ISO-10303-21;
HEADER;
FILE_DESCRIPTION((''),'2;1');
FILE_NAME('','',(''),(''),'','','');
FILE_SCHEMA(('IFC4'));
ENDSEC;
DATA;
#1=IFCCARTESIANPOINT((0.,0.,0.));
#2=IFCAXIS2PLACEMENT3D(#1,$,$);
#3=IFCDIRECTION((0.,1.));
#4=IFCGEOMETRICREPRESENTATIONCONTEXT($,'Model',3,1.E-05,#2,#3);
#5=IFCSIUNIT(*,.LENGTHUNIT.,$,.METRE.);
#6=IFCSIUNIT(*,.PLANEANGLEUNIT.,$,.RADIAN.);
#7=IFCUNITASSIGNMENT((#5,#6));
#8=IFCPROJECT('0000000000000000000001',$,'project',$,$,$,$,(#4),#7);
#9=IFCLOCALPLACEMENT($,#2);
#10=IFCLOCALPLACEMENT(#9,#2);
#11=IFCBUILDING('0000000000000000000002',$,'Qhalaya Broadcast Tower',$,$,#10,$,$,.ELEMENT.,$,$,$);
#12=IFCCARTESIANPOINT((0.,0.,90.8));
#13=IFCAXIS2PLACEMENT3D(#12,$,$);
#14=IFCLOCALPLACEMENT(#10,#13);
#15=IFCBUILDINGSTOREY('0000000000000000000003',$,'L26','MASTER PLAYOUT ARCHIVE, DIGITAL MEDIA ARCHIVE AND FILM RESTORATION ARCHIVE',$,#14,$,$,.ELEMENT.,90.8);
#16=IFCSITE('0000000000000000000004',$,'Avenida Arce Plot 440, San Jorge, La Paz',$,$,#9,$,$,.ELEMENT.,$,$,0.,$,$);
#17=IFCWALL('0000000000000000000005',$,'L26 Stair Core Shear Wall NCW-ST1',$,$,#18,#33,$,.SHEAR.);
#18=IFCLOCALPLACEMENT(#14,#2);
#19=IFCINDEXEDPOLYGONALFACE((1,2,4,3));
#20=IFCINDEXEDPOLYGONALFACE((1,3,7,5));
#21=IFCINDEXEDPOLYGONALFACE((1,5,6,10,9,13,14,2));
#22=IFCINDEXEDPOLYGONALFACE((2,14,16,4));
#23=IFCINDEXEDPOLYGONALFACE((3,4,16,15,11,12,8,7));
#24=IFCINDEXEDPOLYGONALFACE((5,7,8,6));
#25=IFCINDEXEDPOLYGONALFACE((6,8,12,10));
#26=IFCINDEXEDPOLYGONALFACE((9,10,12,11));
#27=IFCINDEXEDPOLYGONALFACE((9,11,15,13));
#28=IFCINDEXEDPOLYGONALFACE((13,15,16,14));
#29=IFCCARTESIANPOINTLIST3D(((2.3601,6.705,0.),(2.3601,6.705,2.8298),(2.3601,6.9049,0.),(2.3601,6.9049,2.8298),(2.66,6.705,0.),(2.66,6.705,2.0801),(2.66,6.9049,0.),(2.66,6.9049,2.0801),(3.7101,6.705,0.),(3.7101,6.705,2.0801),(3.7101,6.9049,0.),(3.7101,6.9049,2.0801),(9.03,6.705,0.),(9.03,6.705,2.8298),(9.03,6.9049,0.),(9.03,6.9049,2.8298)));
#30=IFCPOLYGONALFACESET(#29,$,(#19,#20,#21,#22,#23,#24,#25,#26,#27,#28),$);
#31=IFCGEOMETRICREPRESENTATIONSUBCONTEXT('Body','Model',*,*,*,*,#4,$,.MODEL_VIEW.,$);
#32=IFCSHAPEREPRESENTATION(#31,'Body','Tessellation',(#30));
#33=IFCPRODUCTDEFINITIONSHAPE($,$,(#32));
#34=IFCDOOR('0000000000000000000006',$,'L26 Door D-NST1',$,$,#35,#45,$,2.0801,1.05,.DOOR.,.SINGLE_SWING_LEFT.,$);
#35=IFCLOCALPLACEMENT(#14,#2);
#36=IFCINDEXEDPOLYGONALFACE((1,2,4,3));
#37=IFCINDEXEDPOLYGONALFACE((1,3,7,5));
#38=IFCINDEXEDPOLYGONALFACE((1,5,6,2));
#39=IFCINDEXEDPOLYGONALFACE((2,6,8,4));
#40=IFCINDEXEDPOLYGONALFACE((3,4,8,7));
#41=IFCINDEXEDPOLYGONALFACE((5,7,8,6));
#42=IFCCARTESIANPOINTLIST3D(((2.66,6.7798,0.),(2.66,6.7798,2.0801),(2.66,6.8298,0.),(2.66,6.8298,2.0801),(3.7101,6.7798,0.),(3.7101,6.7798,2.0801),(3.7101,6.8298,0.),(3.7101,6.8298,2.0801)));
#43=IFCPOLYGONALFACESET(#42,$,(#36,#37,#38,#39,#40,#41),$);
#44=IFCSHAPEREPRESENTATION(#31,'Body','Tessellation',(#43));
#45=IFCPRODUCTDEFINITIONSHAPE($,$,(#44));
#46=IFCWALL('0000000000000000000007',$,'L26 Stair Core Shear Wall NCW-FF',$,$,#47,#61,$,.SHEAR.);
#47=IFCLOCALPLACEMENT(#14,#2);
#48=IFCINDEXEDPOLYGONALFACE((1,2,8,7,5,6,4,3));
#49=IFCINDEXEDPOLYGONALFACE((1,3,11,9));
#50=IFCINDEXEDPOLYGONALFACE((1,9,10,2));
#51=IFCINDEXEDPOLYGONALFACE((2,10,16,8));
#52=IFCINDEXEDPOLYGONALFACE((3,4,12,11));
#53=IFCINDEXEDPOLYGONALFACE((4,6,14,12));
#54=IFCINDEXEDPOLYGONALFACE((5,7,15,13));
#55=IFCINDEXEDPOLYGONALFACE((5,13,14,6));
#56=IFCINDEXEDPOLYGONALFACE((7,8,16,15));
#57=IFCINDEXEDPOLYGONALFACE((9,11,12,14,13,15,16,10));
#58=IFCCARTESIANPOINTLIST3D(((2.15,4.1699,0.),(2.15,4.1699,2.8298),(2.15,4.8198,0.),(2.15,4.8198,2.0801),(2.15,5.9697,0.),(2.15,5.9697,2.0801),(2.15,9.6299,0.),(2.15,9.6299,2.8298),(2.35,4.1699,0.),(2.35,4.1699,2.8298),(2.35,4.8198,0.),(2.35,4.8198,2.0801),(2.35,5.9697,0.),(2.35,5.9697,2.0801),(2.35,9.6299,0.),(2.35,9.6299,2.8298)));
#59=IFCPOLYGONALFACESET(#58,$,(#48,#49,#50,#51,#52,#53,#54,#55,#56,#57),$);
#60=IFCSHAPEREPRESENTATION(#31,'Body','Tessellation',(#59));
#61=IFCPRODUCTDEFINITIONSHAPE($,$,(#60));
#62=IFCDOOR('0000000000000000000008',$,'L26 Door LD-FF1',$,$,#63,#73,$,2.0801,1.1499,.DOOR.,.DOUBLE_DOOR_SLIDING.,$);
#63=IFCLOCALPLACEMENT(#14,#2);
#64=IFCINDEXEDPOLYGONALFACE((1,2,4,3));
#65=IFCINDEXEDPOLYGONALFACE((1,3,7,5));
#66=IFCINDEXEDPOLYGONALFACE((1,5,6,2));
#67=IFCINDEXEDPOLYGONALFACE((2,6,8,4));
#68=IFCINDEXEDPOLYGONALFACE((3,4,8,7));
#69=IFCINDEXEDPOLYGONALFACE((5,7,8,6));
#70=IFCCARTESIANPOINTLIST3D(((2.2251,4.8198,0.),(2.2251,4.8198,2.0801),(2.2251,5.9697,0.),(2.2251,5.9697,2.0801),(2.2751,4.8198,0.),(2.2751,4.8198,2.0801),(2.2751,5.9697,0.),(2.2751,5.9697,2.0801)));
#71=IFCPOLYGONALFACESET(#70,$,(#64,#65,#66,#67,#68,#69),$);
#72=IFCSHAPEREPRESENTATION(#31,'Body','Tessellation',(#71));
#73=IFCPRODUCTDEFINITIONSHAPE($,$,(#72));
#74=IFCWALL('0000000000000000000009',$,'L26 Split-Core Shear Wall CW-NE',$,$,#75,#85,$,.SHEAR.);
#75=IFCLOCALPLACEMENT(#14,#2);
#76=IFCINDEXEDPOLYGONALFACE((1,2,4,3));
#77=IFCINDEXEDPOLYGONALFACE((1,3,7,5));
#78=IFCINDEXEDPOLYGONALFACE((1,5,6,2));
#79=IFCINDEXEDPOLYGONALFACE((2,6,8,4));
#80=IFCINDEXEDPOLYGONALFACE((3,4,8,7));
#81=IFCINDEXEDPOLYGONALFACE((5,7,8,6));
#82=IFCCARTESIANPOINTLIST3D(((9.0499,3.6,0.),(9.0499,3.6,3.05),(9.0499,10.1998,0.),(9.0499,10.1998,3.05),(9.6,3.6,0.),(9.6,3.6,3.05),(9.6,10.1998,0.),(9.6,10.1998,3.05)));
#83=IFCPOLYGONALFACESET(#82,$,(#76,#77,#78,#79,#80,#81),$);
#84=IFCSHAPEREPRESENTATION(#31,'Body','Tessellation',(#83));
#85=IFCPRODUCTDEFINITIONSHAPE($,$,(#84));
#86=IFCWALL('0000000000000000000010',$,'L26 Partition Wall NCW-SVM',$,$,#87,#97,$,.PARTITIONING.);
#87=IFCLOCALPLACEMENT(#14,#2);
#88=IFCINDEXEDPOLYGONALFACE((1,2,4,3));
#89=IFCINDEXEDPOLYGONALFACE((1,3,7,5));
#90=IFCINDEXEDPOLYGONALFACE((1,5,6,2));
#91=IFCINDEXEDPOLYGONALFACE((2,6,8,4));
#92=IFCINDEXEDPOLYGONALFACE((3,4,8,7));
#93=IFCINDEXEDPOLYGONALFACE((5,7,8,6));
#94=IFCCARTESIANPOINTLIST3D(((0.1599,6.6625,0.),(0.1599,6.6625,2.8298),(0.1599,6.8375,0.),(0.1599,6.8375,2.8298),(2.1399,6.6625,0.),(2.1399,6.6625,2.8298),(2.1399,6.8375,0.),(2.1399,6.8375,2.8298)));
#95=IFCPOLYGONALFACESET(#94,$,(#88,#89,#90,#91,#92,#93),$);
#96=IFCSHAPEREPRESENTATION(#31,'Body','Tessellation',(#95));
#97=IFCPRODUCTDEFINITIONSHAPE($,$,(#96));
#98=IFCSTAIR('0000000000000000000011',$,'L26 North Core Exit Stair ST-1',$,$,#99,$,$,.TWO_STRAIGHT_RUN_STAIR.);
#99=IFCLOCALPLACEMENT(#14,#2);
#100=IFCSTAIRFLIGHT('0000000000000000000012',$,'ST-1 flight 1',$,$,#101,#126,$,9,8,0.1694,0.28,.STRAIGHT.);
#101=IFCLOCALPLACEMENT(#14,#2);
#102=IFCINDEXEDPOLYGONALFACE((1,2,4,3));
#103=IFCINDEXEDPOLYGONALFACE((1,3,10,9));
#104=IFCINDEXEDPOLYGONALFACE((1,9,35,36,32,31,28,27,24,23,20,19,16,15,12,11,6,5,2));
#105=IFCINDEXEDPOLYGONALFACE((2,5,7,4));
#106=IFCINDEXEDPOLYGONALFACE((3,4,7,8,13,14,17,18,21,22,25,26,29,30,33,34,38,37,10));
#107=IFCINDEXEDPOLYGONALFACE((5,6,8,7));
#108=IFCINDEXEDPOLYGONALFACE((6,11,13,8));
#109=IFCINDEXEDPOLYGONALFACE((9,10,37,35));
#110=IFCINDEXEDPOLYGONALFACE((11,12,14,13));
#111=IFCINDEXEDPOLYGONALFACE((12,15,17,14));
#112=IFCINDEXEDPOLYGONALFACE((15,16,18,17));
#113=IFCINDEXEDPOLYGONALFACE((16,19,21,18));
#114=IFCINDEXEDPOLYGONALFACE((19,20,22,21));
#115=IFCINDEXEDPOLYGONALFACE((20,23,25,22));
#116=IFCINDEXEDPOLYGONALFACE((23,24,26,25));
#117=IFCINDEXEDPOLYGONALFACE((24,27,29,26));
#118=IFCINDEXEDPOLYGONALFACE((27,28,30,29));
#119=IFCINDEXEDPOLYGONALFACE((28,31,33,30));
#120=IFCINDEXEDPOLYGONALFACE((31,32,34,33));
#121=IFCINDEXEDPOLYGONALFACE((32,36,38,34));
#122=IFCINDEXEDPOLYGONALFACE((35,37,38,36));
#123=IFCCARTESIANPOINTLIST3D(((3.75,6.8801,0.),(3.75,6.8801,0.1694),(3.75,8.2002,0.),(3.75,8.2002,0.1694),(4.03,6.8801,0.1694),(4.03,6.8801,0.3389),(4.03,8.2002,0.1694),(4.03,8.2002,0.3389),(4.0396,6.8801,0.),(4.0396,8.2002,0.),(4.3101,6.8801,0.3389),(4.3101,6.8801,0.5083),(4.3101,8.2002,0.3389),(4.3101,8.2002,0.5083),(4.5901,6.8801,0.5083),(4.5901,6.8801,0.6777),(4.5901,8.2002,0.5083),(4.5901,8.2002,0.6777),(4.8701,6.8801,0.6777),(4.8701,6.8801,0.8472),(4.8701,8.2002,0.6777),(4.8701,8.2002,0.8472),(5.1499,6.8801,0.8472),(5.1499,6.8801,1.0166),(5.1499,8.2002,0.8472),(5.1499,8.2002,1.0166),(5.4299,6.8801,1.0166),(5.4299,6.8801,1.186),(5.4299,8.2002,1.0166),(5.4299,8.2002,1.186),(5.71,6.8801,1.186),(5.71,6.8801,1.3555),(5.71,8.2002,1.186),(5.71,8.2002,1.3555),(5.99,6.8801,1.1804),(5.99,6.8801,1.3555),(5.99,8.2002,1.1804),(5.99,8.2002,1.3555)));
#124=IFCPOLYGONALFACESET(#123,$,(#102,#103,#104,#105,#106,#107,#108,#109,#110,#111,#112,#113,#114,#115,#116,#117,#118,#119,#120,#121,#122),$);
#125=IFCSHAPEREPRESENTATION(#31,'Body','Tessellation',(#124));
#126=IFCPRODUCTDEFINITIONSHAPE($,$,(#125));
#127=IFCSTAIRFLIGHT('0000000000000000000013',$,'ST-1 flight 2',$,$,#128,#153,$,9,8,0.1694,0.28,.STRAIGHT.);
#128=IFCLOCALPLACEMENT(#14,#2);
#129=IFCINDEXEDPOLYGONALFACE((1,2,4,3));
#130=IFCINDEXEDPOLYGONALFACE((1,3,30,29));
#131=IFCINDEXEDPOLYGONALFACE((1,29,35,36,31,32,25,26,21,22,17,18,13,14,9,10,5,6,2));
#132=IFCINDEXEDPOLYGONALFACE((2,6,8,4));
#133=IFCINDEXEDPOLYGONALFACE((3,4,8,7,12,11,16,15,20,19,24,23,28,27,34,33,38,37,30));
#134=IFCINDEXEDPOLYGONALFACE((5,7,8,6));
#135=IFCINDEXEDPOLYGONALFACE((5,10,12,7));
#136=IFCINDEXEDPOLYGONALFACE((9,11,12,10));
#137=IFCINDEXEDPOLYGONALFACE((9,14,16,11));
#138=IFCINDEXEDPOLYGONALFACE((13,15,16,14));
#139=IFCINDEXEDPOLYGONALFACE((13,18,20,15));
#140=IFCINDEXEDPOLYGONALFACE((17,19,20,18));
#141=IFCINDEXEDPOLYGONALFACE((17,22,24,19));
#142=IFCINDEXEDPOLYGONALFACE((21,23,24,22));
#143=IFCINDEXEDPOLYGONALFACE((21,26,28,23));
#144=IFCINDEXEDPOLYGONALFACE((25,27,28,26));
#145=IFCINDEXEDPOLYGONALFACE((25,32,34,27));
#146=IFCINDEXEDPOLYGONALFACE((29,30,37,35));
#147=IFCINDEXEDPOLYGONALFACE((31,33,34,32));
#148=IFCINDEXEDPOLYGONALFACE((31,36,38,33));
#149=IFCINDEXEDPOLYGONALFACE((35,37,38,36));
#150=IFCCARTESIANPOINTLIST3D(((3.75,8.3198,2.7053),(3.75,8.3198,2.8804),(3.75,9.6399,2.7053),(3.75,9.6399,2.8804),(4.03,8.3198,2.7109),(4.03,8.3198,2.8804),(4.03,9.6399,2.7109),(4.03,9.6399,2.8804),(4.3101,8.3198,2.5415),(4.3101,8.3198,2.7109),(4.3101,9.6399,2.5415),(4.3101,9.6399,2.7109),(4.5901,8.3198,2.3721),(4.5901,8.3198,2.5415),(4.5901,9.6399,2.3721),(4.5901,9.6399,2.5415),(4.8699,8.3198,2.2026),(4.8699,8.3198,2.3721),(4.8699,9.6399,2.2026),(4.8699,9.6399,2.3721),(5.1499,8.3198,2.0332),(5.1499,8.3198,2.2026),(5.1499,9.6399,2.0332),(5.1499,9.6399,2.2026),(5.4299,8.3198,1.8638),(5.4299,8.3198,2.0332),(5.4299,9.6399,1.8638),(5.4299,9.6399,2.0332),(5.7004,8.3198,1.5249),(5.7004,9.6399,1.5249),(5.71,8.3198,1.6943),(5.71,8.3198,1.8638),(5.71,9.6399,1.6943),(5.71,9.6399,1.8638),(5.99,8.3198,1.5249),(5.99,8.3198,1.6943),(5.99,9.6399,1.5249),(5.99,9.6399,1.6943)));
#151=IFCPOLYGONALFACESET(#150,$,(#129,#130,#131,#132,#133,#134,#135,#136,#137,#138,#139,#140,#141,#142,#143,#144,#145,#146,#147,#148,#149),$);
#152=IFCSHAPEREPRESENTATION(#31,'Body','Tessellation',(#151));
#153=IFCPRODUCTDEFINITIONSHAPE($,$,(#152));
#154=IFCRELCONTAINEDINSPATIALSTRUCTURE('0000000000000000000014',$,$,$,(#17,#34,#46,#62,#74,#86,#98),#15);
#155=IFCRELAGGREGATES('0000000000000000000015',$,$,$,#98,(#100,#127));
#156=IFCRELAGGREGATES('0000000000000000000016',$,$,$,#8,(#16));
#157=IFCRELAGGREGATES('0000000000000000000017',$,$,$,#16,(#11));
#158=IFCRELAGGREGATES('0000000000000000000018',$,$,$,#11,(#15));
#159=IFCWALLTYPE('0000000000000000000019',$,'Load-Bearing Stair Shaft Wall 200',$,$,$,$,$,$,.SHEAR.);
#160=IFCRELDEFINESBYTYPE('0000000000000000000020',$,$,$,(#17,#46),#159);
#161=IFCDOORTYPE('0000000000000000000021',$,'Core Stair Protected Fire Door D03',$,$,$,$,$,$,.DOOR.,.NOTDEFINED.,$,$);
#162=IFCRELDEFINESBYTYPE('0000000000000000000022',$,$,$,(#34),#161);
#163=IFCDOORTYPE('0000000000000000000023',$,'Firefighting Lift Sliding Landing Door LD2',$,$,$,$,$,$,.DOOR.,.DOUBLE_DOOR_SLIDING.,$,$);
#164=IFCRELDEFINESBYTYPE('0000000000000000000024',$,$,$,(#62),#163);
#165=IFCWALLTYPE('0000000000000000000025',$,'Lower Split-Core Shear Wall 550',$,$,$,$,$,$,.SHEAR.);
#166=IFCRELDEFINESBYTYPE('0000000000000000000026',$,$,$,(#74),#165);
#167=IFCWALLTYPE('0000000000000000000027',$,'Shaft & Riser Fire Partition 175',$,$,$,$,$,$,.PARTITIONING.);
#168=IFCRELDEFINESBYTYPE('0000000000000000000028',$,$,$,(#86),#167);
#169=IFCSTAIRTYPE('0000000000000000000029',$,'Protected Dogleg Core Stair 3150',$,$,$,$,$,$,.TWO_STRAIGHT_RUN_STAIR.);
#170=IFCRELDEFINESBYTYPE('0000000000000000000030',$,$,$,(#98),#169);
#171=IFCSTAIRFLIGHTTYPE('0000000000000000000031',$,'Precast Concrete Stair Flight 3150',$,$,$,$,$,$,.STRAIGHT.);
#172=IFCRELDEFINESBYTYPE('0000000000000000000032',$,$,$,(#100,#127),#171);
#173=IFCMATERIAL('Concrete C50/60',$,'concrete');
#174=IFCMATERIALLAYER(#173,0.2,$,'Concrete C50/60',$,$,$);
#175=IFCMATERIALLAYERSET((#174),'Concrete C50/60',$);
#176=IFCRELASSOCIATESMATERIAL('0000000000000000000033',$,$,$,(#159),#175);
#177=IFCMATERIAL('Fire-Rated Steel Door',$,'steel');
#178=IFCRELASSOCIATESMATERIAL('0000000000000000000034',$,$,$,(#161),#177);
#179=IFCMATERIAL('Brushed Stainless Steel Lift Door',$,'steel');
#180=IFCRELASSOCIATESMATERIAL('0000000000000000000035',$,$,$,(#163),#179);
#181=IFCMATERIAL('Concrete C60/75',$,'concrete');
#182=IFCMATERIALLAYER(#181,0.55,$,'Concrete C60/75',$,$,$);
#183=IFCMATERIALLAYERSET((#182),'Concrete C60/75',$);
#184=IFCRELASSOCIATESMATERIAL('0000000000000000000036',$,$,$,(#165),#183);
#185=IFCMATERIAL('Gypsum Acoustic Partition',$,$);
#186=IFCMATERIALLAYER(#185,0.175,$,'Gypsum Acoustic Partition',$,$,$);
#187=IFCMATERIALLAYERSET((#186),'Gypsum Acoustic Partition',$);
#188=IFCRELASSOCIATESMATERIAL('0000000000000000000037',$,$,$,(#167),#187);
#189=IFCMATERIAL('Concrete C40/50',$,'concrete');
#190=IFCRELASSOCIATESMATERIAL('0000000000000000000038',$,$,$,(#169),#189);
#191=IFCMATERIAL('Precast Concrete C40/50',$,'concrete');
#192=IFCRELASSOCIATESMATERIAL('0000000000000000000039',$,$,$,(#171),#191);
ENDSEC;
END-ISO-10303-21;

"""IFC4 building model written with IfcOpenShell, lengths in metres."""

from ifc_helpers import new_model, si_unit, direction, frame, frame_2d, origin, place, context, subcontext, project, spatial, polyline, rectangle, outline, extrude, material, layer, layer_set, type_object, element, fill, aggregate, save


model = new_model("IFC4")

# Units and contexts
model_context = context("Model", 3, precision=1e-05, world=origin(), true_north=direction((0.0, 1.0)))
body_context = subcontext(model_context, "Body", "Model", "MODEL_VIEW")
ifc_project = project(units=[si_unit("LENGTHUNIT", "METRE"), si_unit("PLANEANGLEUNIT", "RADIAN")], contexts=[model_context])

# Site, building, storey
site_placement = place(None, origin())
site = spatial("IfcSite", under=ifc_project, at=site_placement, Name="Avenida Arce Plot 440, San Jorge, La Paz", CompositionType="ELEMENT", RefElevation=0.0)
building_placement = place(site_placement, origin())
building = spatial("IfcBuilding", under=site, at=building_placement, Name="Qhalaya Broadcast Tower", CompositionType="ELEMENT")
storey_placement = place(building_placement, frame((0.0, 0.0, 90.8)))
storey = spatial("IfcBuildingStorey", under=building, at=storey_placement, Name="L26", Description="MASTER PLAYOUT ARCHIVE, DIGITAL MEDIA ARCHIVE AND FILM RESTORATION ARCHIVE", CompositionType="ELEMENT", Elevation=90.8)

# Shared definitions
ifc_material_1 = material(Name="Concrete C50/60", Category="concrete")

# Walls, openings, doors
ifc_layer_1 = layer(ifc_material_1, 0.2, Name="Concrete C50/60")
ifc_layer_set_1 = layer_set([ifc_layer_1], Name="Concrete C50/60")
wall_type_1 = type_object("IfcWallType", Name="Load-Bearing Stair Shaft Wall 200", PredefinedType="SHEAR", material=ifc_layer_set_1)
wall_1_placement = place(storey_placement, frame((2.3601, 6.8049, 0.0), z_axis=(0.0, 0.0, 1.0), x_axis=(1.0, 0.0, 0.0)))
wall_1 = element("IfcWall", 1, at=wall_1_placement, inside=storey, type_object=wall_type_1, Name="L26 Stair Core Shear Wall NCW-ST1", PredefinedType="SHEAR", context=body_context, shape_type="SweptSolid", body=[
    extrude(rectangle(XDim=6.6699, YDim=0.2, at=frame_2d((3.335, 0.0))), origin(), (0.0, 0.0, 1.0), 2.8298),
])
opening_1_placement = place(wall_1_placement, frame((0.3, 0.0, 0.0)))
opening_1 = element("IfcOpeningElement", 2, at=opening_1_placement, cuts=wall_1, PredefinedType="OPENING", context=body_context, shape_type="SweptSolid", body=[
    extrude(rectangle(XDim=1.05, YDim=2.0801, at=frame_2d((0.5249, 1.04))), frame((0.0, 0.1121, 0.0), z_axis=(0.0, -1.0, 0.0), x_axis=(1.0, 0.0, 0.0)), (0.0, 0.0, 1.0), 0.2239),
])
ifc_material_2 = material(Name="Fire-Rated Steel Door", Category="steel")
door_type_1 = type_object("IfcDoorType", Name="Core Stair Protected Fire Door D03", OperationType="NOTDEFINED", PredefinedType="DOOR", material=ifc_material_2)
door_1_placement = place(opening_1_placement, origin())
door_1 = element("IfcDoor", 3, at=door_1_placement, inside=storey, type_object=door_type_1, Name="L26 Door D-NST1", OperationType="SINGLE_SWING_LEFT", OverallHeight=2.0801, OverallWidth=1.05, PredefinedType="DOOR", context=body_context, shape_type="SweptSolid", body=[
    extrude(rectangle(XDim=1.05, YDim=2.0801, at=frame_2d((0.5249, 1.04))), frame((0.0, 0.0249, 0.0), z_axis=(0.0, -1.0, 0.0), x_axis=(1.0, 0.0, 0.0)), (0.0, 0.0, 1.0), 0.05),
])
fill(opening_1, door_1)
wall_2_placement = place(storey_placement, frame((2.25, 4.1699, 0.0), z_axis=(0.0, 0.0, 1.0), x_axis=(0.0, 1.0, 0.0)))
wall_2 = element("IfcWall", 4, at=wall_2_placement, inside=storey, type_object=wall_type_1, Name="L26 Stair Core Shear Wall NCW-FF", PredefinedType="SHEAR", context=body_context, shape_type="SweptSolid", body=[
    extrude(rectangle(XDim=5.46, YDim=0.2, at=frame_2d((2.73, 0.0))), origin(), (0.0, 0.0, 1.0), 2.8298),
])
opening_2_placement = place(wall_2_placement, frame((0.6499, 0.0, 0.0)))
opening_2 = element("IfcOpeningElement", 5, at=opening_2_placement, cuts=wall_2, PredefinedType="OPENING", context=body_context, shape_type="SweptSolid", body=[
    extrude(rectangle(XDim=1.1499, YDim=2.0801, at=frame_2d((0.575, 1.04))), frame((0.0, 0.1121, 0.0), z_axis=(0.0, -1.0, 0.0), x_axis=(1.0, 0.0, 0.0)), (0.0, 0.0, 1.0), 0.2239),
])
ifc_material_3 = material(Name="Brushed Stainless Steel Lift Door", Category="steel")
door_type_2 = type_object("IfcDoorType", Name="Firefighting Lift Sliding Landing Door LD2", OperationType="DOUBLE_DOOR_SLIDING", PredefinedType="DOOR", material=ifc_material_3)
door_2_placement = place(opening_2_placement, origin())
door_2 = element("IfcDoor", 6, at=door_2_placement, inside=storey, type_object=door_type_2, Name="L26 Door LD-FF1", OperationType="DOUBLE_DOOR_SLIDING", OverallHeight=2.0801, OverallWidth=1.1499, PredefinedType="DOOR", context=body_context, shape_type="SweptSolid", body=[
    extrude(rectangle(XDim=1.1499, YDim=2.0801, at=frame_2d((0.575, 1.04))), frame((0.0, 0.0249, 0.0), z_axis=(0.0, -1.0, 0.0), x_axis=(1.0, 0.0, 0.0)), (0.0, 0.0, 1.0), 0.05),
])
fill(opening_2, door_2)

# Wall
ifc_material_4 = material(Name="Concrete C60/75", Category="concrete")
ifc_layer_2 = layer(ifc_material_4, 0.55, Name="Concrete C60/75")
ifc_layer_set_2 = layer_set([ifc_layer_2], Name="Concrete C60/75")
wall_type_2 = type_object("IfcWallType", Name="Lower Split-Core Shear Wall 550", PredefinedType="SHEAR", material=ifc_layer_set_2)
wall_3_placement = place(storey_placement, frame((9.325, 3.6001, 0.0), z_axis=(0.0, 0.0, 1.0), x_axis=(0.0, 1.0, 0.0)))
element("IfcWall", 7, at=wall_3_placement, inside=storey, type_object=wall_type_2, Name="L26 Split-Core Shear Wall CW-NE", PredefinedType="SHEAR", context=body_context, shape_type="SweptSolid", body=[
    extrude(rectangle(XDim=6.5999, YDim=0.55, at=frame_2d((3.2998, 0.0))), origin(), (0.0, 0.0, 1.0), 3.05),
])

# Shared definitions
ifc_material_5 = material(Name="Gypsum Acoustic Partition")
ifc_layer_3 = layer(ifc_material_5, 0.175, Name="Gypsum Acoustic Partition")
ifc_layer_set_3 = layer_set([ifc_layer_3], Name="Gypsum Acoustic Partition")
wall_type_3 = type_object("IfcWallType", Name="Shaft & Riser Fire Partition 175", PredefinedType="PARTITIONING", material=ifc_layer_set_3)

# Wall
wall_4_placement = place(storey_placement, frame((0.1599, 6.75, 0.0), z_axis=(0.0, 0.0, 1.0), x_axis=(1.0, 0.0, 0.0)))
element("IfcWall", 8, at=wall_4_placement, inside=storey, type_object=wall_type_3, Name="L26 Partition Wall NCW-SVM", PredefinedType="PARTITIONING", context=body_context, shape_type="SweptSolid", body=[
    extrude(rectangle(XDim=1.98, YDim=0.175, at=frame_2d((0.99, 0.0))), origin(), (0.0, 0.0, 1.0), 2.8298),
])

# Stair, stair flights
ifc_material_6 = material(Name="Concrete C40/50", Category="concrete")
stair_type = type_object("IfcStairType", Name="Protected Dogleg Core Stair 3150", PredefinedType="TWO_STRAIGHT_RUN_STAIR", material=ifc_material_6)
stair_placement = place(storey_placement, origin())
stair = element("IfcStair", 9, at=stair_placement, inside=storey, type_object=stair_type, Name="L26 North Core Exit Stair ST-1", PredefinedType="TWO_STRAIGHT_RUN_STAIR")
ifc_material_7 = material(Name="Precast Concrete C40/50", Category="concrete")
stair_flight_type = type_object("IfcStairFlightType", Name="Precast Concrete Stair Flight 3150", PredefinedType="STRAIGHT", material=ifc_material_7)
stair_flight_1_placement = place(storey_placement, frame((3.75, 7.54, 0.0), z_axis=(0.0, 0.0, 1.0), x_axis=(1.0, 0.0, 0.0)))
stair_flight_1 = element("IfcStairFlight", 10, at=stair_flight_1_placement, type_object=stair_flight_type, Name="ST-1 flight 1", NumberOfRisers=9, NumberOfTreads=8, PredefinedType="STRAIGHT", RiserHeight=0.1694, TreadLength=0.28, context=body_context, shape_type="SweptSolid", body=[
    extrude(outline(polyline([(0.0, 0.0), (0.0, 0.1694), (0.28, 0.1694), (0.28, 0.3389), (0.5601, 0.3389), (0.5601, 0.5083), (0.8401, 0.5083), (0.8401, 0.6777), (1.1201, 0.6777), (1.1201, 0.8472), (1.3999, 0.8472), (1.3999, 1.0166), (1.6799, 1.0166), (1.6799, 1.186), (1.96, 1.186), (1.96, 1.3555), (2.24, 1.3555), (2.24, 1.5249), (2.24, 1.1804), (0.2896, 0.0), (0.0, 0.0)])), frame((0.0, 0.6602, 0.0), z_axis=(0.0, -1.0, 0.0), x_axis=(1.0, 0.0, 0.0)), (0.0, 0.0, 1.0), 1.3201),
])
stair_flight_2_placement = place(storey_placement, frame((5.99, 8.98, 1.5249), z_axis=(0.0, 0.0, 1.0), x_axis=(-1.0, 0.0, 0.0)))
stair_flight_2 = element("IfcStairFlight", 11, at=stair_flight_2_placement, type_object=stair_flight_type, Name="ST-1 flight 2", NumberOfRisers=9, NumberOfTreads=8, PredefinedType="STRAIGHT", RiserHeight=0.1694, TreadLength=0.28, context=body_context, shape_type="SweptSolid", body=[
    extrude(outline(polyline([(0.0, 0.0), (0.0, 0.1694), (0.28, 0.1694), (0.28, 0.3389), (0.5601, 0.3389), (0.5601, 0.5083), (0.8401, 0.5083), (0.8401, 0.6777), (1.1201, 0.6777), (1.1201, 0.8472), (1.3999, 0.8472), (1.3999, 1.0166), (1.6799, 1.0166), (1.6799, 1.186), (1.96, 1.186), (1.96, 1.3555), (2.24, 1.3555), (2.24, 1.5249), (2.24, 1.1804), (0.2896, 0.0), (0.0, 0.0)])), frame((0.0, 0.6602, 0.0), z_axis=(0.0, -1.0, 0.0), x_axis=(1.0, 0.0, 0.0)), (0.0, 0.0, 1.0), 1.3201),
])
aggregate(stair, [stair_flight_1, stair_flight_2])

save(model, "model.ifc")
